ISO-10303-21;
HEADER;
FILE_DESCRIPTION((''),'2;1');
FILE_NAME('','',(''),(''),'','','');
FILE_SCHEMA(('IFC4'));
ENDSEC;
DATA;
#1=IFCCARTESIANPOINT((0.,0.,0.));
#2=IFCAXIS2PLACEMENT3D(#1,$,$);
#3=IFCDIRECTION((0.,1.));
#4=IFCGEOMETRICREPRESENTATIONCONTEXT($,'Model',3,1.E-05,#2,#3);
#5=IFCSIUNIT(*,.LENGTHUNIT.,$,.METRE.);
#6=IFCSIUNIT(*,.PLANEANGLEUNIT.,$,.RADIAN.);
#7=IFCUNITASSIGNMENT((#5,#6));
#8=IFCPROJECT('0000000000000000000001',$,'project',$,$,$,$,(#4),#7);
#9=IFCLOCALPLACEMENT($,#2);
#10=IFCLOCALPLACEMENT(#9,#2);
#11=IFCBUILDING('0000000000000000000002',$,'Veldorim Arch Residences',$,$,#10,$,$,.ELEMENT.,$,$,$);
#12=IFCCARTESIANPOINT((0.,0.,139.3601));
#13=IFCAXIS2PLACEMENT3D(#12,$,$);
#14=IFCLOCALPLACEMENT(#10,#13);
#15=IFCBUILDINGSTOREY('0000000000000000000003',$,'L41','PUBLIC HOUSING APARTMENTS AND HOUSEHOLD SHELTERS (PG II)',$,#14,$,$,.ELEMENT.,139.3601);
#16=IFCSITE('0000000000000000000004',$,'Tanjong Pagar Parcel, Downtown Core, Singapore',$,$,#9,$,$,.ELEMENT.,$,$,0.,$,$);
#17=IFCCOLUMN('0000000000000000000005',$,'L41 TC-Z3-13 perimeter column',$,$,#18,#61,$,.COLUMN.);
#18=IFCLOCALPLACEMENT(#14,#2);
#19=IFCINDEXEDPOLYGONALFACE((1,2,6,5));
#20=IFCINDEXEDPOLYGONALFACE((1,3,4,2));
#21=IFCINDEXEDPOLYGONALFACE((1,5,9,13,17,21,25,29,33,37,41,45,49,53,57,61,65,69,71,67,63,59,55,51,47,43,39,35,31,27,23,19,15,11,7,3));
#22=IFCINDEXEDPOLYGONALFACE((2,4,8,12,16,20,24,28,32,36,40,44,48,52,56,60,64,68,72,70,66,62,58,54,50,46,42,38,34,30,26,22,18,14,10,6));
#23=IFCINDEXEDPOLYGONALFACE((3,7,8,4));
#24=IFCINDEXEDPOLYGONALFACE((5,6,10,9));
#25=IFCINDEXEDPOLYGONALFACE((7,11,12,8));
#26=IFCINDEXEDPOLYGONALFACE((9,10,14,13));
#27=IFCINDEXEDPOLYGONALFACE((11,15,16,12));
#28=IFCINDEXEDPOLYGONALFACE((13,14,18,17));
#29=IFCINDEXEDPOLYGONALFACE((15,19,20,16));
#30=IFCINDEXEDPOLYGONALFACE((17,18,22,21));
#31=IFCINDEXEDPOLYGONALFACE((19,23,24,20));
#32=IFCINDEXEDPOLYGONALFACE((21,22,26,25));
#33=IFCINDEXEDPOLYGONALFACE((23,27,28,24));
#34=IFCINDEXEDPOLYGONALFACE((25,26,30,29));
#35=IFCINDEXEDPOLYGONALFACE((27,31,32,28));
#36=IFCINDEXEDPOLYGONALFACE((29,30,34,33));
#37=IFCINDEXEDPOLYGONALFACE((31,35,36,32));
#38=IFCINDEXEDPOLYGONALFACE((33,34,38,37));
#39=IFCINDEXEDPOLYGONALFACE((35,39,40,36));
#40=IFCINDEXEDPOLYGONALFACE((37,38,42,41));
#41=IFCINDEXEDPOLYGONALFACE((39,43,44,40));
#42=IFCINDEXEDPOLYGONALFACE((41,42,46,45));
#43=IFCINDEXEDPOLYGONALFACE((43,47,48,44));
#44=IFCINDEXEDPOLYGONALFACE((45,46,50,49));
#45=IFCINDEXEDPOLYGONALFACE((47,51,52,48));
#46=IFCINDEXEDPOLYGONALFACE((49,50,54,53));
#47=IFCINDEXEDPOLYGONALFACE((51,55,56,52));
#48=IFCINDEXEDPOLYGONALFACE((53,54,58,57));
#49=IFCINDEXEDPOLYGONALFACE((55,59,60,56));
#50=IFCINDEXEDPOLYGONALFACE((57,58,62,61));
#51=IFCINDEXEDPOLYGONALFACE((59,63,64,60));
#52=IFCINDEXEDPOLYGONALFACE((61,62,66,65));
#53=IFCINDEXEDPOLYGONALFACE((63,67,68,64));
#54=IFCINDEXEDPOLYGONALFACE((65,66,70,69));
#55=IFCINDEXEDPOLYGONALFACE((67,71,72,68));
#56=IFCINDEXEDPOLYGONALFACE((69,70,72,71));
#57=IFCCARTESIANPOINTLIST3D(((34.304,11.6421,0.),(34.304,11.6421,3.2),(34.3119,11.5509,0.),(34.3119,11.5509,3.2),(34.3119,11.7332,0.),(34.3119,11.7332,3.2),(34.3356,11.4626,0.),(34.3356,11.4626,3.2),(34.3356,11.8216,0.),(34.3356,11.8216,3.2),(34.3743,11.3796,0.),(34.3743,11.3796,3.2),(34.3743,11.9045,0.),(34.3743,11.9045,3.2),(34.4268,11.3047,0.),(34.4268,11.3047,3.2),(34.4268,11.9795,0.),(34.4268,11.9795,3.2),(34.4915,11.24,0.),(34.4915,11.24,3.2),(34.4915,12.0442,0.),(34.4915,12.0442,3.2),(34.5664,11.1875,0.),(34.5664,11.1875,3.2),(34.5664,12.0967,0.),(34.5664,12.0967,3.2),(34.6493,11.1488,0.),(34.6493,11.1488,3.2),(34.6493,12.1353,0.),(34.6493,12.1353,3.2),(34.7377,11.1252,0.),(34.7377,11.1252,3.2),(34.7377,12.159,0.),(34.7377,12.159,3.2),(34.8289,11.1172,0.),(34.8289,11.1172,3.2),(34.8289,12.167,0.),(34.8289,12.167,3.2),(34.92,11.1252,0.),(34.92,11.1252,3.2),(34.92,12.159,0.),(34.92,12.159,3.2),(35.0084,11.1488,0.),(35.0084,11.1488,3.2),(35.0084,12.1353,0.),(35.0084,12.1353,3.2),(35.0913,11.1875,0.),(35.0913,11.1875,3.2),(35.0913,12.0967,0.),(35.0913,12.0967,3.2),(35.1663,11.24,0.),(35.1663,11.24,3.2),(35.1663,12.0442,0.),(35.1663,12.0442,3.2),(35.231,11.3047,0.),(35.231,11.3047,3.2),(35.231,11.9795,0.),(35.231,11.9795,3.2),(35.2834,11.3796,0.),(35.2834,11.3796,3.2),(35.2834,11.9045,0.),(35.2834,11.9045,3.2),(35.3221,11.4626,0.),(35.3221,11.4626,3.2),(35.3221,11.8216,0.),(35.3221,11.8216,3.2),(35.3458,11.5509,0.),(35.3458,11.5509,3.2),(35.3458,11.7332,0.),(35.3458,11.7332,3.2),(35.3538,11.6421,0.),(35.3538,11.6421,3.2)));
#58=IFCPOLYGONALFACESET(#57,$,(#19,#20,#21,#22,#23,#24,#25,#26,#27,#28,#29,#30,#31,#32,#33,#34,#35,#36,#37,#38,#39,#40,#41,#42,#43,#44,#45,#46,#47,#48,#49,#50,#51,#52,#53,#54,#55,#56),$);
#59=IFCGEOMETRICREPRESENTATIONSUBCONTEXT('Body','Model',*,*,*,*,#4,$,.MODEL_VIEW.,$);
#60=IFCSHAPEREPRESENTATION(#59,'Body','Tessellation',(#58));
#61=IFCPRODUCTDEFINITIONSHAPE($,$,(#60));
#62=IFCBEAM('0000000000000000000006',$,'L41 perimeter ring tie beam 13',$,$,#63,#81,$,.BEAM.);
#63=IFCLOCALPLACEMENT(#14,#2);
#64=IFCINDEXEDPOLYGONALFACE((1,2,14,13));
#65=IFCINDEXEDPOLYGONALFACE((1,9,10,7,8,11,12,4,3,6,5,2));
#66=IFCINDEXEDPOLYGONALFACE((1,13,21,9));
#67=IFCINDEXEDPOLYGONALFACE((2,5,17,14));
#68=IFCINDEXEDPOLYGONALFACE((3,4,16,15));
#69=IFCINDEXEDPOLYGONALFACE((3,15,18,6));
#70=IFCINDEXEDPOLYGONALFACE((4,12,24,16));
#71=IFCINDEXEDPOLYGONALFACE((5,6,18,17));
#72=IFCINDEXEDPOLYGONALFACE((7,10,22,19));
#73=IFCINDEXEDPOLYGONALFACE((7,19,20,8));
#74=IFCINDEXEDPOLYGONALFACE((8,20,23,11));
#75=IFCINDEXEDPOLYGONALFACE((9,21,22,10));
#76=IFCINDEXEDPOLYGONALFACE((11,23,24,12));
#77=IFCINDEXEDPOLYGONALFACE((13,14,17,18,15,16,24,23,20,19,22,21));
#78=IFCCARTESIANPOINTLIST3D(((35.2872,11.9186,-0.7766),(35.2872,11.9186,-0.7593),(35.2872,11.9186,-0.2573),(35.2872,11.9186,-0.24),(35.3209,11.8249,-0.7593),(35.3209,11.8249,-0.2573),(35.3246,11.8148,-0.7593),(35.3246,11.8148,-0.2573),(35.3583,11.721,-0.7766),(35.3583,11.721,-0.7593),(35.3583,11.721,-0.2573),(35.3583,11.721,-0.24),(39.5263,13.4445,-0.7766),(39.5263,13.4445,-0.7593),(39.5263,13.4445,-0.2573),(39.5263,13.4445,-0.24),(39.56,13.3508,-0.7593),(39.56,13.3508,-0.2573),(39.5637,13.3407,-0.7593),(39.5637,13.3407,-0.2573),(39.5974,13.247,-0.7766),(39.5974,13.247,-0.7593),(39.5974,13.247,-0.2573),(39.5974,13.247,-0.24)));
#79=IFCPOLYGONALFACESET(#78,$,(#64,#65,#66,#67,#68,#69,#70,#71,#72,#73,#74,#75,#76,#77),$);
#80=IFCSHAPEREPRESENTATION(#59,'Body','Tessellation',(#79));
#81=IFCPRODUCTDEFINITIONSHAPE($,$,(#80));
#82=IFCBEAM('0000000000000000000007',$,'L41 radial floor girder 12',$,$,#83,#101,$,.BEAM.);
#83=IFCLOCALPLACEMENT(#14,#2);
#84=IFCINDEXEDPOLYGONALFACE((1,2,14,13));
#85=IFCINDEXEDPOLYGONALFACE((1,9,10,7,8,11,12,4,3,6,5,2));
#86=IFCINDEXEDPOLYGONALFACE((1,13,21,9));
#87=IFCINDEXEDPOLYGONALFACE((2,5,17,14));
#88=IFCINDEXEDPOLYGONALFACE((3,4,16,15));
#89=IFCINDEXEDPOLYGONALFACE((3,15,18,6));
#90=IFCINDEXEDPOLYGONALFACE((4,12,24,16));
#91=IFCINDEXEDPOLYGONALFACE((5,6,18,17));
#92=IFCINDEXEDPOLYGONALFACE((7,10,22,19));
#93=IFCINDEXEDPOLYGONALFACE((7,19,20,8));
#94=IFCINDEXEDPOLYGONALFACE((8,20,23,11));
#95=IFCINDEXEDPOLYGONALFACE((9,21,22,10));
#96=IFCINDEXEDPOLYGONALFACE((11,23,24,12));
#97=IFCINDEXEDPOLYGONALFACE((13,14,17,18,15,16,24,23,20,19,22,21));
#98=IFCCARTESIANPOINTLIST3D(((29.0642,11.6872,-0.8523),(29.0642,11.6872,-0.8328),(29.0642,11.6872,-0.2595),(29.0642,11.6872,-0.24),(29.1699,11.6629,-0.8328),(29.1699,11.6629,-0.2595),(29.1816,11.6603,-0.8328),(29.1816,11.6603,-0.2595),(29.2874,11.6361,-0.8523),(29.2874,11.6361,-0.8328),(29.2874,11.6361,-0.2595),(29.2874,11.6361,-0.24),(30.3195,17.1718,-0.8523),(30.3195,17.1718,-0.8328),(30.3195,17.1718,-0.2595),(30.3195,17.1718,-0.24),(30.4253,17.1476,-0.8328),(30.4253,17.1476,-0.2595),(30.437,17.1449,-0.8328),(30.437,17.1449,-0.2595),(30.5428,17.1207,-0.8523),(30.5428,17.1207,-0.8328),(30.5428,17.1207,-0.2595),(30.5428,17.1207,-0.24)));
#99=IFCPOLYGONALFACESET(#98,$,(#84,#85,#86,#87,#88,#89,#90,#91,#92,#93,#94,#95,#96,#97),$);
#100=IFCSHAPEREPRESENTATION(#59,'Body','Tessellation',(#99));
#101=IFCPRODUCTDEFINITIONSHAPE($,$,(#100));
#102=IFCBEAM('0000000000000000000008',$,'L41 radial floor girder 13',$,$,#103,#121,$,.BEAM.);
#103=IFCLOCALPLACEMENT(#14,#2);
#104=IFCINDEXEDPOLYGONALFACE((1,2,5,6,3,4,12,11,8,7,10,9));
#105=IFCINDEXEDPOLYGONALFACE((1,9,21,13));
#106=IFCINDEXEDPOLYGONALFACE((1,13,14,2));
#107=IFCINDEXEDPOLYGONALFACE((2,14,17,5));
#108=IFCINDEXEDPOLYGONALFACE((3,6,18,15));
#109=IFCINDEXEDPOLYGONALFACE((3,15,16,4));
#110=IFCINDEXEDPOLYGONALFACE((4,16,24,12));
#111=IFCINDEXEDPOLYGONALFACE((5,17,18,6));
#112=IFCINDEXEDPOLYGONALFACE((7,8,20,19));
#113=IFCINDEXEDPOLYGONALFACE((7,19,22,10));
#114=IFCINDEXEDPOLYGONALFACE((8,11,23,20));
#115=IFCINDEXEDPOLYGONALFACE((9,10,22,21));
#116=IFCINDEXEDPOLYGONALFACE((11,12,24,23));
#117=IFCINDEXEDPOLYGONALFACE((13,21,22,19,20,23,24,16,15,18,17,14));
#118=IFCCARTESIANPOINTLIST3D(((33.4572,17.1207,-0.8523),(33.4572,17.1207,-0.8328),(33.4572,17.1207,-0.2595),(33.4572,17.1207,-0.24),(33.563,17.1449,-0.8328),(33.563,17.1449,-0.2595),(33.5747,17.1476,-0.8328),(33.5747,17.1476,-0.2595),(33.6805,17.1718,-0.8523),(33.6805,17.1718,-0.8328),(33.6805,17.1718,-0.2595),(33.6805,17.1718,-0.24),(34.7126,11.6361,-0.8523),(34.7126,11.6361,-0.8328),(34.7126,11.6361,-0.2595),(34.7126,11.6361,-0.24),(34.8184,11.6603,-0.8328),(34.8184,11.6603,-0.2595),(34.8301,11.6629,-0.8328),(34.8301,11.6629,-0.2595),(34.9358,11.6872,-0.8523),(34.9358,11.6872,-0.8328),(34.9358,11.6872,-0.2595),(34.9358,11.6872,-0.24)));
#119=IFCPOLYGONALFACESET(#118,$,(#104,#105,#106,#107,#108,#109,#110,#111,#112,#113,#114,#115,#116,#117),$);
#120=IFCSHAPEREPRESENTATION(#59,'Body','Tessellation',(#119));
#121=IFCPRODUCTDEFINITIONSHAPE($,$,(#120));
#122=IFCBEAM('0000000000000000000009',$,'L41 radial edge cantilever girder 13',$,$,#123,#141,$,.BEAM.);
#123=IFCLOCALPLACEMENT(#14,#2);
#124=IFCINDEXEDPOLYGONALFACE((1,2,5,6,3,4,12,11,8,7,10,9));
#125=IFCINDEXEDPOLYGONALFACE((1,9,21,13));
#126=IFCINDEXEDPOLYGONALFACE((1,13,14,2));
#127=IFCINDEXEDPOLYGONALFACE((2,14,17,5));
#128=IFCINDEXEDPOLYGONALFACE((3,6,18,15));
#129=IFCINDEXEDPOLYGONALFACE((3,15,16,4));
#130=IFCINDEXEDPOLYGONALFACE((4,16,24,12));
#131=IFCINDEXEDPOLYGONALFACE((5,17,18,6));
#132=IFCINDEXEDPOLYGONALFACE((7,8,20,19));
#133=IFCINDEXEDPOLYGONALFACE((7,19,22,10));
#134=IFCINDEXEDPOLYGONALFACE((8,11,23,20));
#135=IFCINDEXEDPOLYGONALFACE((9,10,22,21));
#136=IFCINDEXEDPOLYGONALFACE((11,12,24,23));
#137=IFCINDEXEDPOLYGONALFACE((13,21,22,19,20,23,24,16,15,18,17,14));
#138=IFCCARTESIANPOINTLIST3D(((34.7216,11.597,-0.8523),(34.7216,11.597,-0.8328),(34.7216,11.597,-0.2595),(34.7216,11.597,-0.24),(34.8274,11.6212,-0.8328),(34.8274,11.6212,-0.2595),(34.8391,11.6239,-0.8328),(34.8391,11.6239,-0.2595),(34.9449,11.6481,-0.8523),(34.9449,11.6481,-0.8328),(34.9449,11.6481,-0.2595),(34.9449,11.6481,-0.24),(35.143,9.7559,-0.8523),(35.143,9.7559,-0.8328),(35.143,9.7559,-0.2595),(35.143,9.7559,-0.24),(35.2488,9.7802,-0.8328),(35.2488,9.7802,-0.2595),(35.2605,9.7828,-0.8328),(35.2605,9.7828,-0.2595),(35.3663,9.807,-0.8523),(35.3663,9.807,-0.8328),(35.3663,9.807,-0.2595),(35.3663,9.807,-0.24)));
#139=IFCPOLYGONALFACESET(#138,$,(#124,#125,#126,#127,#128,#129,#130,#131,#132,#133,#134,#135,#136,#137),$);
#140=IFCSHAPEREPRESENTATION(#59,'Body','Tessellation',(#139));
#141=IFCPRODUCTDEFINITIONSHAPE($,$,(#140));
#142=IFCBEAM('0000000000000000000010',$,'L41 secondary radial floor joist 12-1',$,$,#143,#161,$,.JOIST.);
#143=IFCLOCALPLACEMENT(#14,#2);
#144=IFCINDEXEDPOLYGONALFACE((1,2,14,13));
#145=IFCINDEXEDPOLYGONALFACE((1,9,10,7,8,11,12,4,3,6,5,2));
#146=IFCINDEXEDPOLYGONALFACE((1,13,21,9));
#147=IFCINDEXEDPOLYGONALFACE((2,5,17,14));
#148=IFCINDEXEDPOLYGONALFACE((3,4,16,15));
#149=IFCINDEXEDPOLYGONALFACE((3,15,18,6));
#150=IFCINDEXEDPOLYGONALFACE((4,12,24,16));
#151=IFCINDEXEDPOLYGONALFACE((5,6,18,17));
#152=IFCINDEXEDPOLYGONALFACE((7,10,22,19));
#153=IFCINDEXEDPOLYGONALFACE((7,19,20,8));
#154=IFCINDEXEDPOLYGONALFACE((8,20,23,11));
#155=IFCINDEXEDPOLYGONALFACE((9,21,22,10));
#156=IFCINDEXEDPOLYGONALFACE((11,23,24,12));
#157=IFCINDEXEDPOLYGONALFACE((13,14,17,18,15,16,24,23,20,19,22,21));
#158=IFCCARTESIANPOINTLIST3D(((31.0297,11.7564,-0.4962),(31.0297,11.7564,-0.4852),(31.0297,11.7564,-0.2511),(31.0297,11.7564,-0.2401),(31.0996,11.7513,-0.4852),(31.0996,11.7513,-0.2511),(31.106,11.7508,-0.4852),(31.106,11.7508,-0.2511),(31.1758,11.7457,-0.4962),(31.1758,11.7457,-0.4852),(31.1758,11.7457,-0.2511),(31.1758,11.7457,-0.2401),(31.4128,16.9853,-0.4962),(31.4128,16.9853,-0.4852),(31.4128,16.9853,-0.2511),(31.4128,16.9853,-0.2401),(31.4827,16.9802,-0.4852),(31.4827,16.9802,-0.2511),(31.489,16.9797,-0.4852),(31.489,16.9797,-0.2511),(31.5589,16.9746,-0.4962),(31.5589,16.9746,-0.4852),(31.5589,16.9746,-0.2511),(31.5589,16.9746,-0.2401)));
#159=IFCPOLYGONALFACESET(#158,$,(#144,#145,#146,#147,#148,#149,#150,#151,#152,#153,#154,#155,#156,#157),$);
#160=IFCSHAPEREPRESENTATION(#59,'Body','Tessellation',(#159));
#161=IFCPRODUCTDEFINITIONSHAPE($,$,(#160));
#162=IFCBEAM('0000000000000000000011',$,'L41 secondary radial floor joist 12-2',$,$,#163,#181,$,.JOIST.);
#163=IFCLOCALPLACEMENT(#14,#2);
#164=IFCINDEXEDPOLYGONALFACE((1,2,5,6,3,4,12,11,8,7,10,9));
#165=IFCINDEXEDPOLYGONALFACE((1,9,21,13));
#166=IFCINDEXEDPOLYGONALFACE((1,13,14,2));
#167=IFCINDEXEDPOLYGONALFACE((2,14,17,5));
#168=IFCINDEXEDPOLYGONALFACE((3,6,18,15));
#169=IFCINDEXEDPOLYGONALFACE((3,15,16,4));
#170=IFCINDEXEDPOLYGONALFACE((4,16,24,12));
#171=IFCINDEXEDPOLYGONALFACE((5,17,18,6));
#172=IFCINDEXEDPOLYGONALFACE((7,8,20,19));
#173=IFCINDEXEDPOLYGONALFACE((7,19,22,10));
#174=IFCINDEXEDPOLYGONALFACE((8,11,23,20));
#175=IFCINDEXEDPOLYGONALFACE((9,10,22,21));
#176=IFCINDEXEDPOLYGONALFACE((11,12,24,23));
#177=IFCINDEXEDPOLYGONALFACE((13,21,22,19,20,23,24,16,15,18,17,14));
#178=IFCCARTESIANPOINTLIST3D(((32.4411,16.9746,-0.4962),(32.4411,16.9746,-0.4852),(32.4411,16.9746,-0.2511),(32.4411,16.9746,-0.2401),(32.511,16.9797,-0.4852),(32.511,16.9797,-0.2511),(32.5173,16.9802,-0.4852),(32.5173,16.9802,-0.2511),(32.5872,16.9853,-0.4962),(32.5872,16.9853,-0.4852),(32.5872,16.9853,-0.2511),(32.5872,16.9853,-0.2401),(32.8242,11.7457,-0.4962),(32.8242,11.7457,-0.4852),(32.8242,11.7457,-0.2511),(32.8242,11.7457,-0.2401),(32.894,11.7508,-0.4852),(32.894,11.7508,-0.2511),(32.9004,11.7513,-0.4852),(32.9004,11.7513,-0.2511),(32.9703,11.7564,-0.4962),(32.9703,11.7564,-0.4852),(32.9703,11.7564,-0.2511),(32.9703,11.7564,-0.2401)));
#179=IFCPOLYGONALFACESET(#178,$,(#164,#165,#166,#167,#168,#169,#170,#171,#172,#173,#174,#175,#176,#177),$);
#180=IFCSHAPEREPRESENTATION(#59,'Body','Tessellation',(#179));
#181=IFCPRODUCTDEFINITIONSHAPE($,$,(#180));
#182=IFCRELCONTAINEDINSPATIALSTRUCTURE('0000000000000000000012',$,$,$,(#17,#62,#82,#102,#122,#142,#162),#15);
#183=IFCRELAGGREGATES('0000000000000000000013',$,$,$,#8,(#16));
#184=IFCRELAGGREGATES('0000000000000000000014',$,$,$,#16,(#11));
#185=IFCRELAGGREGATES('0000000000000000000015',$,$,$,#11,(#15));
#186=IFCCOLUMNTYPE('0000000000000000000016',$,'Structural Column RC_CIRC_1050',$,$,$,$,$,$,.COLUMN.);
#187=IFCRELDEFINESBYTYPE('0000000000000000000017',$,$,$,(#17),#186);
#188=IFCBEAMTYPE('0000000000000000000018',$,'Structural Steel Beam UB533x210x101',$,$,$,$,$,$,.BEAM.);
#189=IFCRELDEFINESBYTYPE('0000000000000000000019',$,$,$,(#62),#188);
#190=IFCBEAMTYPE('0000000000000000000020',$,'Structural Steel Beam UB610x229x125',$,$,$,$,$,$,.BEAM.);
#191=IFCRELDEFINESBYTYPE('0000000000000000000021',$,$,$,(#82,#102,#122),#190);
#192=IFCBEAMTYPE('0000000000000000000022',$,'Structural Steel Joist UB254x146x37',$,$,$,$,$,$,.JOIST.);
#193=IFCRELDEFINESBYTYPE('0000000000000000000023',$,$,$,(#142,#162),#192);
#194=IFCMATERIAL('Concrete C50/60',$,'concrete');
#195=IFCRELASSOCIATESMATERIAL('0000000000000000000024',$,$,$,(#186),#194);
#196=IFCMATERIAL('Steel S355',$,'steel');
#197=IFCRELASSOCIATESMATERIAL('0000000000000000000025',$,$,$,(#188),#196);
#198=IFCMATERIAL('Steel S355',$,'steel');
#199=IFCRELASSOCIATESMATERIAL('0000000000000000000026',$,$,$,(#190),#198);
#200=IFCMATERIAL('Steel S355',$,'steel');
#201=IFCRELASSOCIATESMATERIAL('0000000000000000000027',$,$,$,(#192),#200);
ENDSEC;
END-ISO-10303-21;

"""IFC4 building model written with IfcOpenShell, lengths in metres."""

from ifc_helpers import new_model, si_unit, direction, frame, origin, origin_2d, place, context, subcontext, project, spatial, circle, i_section, extrude, material, material_profile, profile_set, type_object, element, save


model = new_model("IFC4")

# Units and contexts
model_context = context("Model", 3, precision=1e-05, world=origin(), true_north=direction((0.0, 1.0)))
body_context = subcontext(model_context, "Body", "Model", "MODEL_VIEW")
ifc_project = project(units=[si_unit("LENGTHUNIT", "METRE"), si_unit("PLANEANGLEUNIT", "RADIAN")], contexts=[model_context])

# Site, building, storey
site_placement = place(None, origin())
site = spatial("IfcSite", under=ifc_project, at=site_placement, Name="Tanjong Pagar Parcel, Downtown Core, Singapore", CompositionType="ELEMENT", RefElevation=0.0)
building_placement = place(site_placement, origin())
building = spatial("IfcBuilding", under=site, at=building_placement, Name="Veldorim Arch Residences", CompositionType="ELEMENT")
storey_placement = place(building_placement, frame((0.0, 0.0, 139.3601)))
storey = spatial("IfcBuildingStorey", under=building, at=storey_placement, Name="L41", Description="PUBLIC HOUSING APARTMENTS AND HOUSEHOLD SHELTERS (PG II)", CompositionType="ELEMENT", Elevation=139.3601)

# Column
ifc_material_1 = material(Name="Concrete C50/60", Category="concrete")
ifc_material_profile_1 = material_profile(ifc_material_1, circle(Radius=0.5249, at=origin_2d()), Name="RC_CIRC_1050")
ifc_profile_set_1 = profile_set([ifc_material_profile_1], Name="Concrete C50/60")
column_type = type_object("IfcColumnType", Name="Structural Column RC_CIRC_1050", PredefinedType="COLUMN", material=ifc_profile_set_1)
column_placement = place(storey_placement, frame((34.8289, 11.6421, 0.0), z_axis=(0.0, 0.0, 1.0), x_axis=(1.0, 0.0, 0.0)))
element("IfcColumn", 1, at=column_placement, inside=storey, type_object=column_type, Name="L41 TC-Z3-13 perimeter column", PredefinedType="COLUMN", context=body_context, shape_type="SweptSolid", body=[
    extrude(circle(Radius=0.5249, at=origin_2d()), origin(), (0.0, 0.0, 1.0), 3.2),
])

# Beams
ifc_material_2 = material(Name="Steel S355", Category="steel")
ifc_material_profile_2 = material_profile(ifc_material_2, i_section(OverallWidth=0.21, OverallDepth=0.5366, WebThickness=0.0107, FlangeThickness=0.0173, at=origin_2d()), Name="UB533x210x101")
ifc_profile_set_2 = profile_set([ifc_material_profile_2], Name="Steel S355")
beam_type_1 = type_object("IfcBeamType", Name="Structural Steel Beam UB533x210x101", PredefinedType="BEAM", material=ifc_profile_set_2)
beam_1_placement = place(storey_placement, frame((35.3228, 11.8198, -0.5083), z_axis=(0.940899, 0.338687, 0.0), x_axis=(-0.338687, 0.940899, 0.0)))
element("IfcBeam", 2, at=beam_1_placement, inside=storey, type_object=beam_type_1, Name="L41 perimeter ring tie beam 13", PredefinedType="BEAM", context=body_context, shape_type="SweptSolid", body=[
    extrude(i_section(OverallWidth=0.21, OverallDepth=0.5366, WebThickness=0.0107, FlangeThickness=0.0173, at=origin_2d()), origin(), (0.0, 0.0, 1.0), 4.5054),
])
ifc_material_3 = material(Name="Steel S355", Category="steel")
ifc_material_profile_3 = material_profile(ifc_material_3, i_section(OverallWidth=0.229, OverallDepth=0.6123, WebThickness=0.012, FlangeThickness=0.0195, at=origin_2d()), Name="UB610x229x125")
ifc_profile_set_3 = profile_set([ifc_material_profile_3], Name="Steel S355")
beam_type_2 = type_object("IfcBeamType", Name="Structural Steel Beam UB610x229x125", PredefinedType="BEAM", material=ifc_profile_set_3)
for number, where, z_axis, x_axis, name in (
    (3, (30.4312, 17.1462, -0.5461), (-0.223119, -0.974791, 0.0), (0.974791, -0.223119, 0.0), "L41 radial floor girder 12"),
    (4, (33.5688, 17.1462, -0.5461), (0.223119, -0.974791, 0.0), (0.974791, 0.223119, 0.0), "L41 radial floor girder 13"),
):
    element("IfcBeam", number, at=place(storey_placement, frame(where, z_axis=z_axis, x_axis=x_axis)), inside=storey, type_object=beam_type_2, Name=name, PredefinedType="BEAM", context=body_context, shape_type="SweptSolid", body=[
        extrude(i_section(OverallWidth=0.229, OverallDepth=0.6123, WebThickness=0.012, FlangeThickness=0.0195, at=origin_2d()), origin(), (0.0, 0.0, 1.0), 5.6265),
    ])
beam_2_placement = place(storey_placement, frame((34.8333, 11.6226, -0.5461), z_axis=(0.223113, -0.974793, 0.0), x_axis=(0.974793, 0.223113, 0.0)))
element("IfcBeam", 5, at=beam_2_placement, inside=storey, type_object=beam_type_2, Name="L41 radial edge cantilever girder 13", PredefinedType="BEAM", context=body_context, shape_type="SweptSolid", body=[
    extrude(i_section(OverallWidth=0.229, OverallDepth=0.6123, WebThickness=0.012, FlangeThickness=0.0195, at=origin_2d()), origin(), (0.0, 0.0, 1.0), 1.8887),
])
ifc_material_4 = material(Name="Steel S355", Category="steel")
ifc_material_profile_4 = material_profile(ifc_material_4, i_section(OverallWidth=0.1465, OverallDepth=0.2561, WebThickness=0.0063, FlangeThickness=0.011, at=origin_2d()), Name="UB254x146x37")
ifc_profile_set_4 = profile_set([ifc_material_profile_4], Name="Steel S355")
beam_type_3 = type_object("IfcBeamType", Name="Structural Steel Joist UB254x146x37", PredefinedType="JOIST", material=ifc_profile_set_4)
for number, where, z_axis, x_axis, name in (
    (6, (31.4858, 16.98, -0.3682), (-0.07306, -0.997328, 0.0), (0.997328, -0.07306, 0.0), "L41 secondary radial floor joist 12-1"),
    (7, (32.5142, 16.98, -0.3682), (0.07306, -0.997328, 0.0), (0.997328, 0.07306, 0.0), "L41 secondary radial floor joist 12-2"),
):
    element("IfcBeam", number, at=place(storey_placement, frame(where, z_axis=z_axis, x_axis=x_axis)), inside=storey, type_object=beam_type_3, Name=name, PredefinedType="JOIST", context=body_context, shape_type="SweptSolid", body=[
        extrude(i_section(OverallWidth=0.1465, OverallDepth=0.2561, WebThickness=0.0063, FlangeThickness=0.011, at=origin_2d()), origin(), (0.0, 0.0, 1.0), 5.2429),
    ])

save(model, "model.ifc")
